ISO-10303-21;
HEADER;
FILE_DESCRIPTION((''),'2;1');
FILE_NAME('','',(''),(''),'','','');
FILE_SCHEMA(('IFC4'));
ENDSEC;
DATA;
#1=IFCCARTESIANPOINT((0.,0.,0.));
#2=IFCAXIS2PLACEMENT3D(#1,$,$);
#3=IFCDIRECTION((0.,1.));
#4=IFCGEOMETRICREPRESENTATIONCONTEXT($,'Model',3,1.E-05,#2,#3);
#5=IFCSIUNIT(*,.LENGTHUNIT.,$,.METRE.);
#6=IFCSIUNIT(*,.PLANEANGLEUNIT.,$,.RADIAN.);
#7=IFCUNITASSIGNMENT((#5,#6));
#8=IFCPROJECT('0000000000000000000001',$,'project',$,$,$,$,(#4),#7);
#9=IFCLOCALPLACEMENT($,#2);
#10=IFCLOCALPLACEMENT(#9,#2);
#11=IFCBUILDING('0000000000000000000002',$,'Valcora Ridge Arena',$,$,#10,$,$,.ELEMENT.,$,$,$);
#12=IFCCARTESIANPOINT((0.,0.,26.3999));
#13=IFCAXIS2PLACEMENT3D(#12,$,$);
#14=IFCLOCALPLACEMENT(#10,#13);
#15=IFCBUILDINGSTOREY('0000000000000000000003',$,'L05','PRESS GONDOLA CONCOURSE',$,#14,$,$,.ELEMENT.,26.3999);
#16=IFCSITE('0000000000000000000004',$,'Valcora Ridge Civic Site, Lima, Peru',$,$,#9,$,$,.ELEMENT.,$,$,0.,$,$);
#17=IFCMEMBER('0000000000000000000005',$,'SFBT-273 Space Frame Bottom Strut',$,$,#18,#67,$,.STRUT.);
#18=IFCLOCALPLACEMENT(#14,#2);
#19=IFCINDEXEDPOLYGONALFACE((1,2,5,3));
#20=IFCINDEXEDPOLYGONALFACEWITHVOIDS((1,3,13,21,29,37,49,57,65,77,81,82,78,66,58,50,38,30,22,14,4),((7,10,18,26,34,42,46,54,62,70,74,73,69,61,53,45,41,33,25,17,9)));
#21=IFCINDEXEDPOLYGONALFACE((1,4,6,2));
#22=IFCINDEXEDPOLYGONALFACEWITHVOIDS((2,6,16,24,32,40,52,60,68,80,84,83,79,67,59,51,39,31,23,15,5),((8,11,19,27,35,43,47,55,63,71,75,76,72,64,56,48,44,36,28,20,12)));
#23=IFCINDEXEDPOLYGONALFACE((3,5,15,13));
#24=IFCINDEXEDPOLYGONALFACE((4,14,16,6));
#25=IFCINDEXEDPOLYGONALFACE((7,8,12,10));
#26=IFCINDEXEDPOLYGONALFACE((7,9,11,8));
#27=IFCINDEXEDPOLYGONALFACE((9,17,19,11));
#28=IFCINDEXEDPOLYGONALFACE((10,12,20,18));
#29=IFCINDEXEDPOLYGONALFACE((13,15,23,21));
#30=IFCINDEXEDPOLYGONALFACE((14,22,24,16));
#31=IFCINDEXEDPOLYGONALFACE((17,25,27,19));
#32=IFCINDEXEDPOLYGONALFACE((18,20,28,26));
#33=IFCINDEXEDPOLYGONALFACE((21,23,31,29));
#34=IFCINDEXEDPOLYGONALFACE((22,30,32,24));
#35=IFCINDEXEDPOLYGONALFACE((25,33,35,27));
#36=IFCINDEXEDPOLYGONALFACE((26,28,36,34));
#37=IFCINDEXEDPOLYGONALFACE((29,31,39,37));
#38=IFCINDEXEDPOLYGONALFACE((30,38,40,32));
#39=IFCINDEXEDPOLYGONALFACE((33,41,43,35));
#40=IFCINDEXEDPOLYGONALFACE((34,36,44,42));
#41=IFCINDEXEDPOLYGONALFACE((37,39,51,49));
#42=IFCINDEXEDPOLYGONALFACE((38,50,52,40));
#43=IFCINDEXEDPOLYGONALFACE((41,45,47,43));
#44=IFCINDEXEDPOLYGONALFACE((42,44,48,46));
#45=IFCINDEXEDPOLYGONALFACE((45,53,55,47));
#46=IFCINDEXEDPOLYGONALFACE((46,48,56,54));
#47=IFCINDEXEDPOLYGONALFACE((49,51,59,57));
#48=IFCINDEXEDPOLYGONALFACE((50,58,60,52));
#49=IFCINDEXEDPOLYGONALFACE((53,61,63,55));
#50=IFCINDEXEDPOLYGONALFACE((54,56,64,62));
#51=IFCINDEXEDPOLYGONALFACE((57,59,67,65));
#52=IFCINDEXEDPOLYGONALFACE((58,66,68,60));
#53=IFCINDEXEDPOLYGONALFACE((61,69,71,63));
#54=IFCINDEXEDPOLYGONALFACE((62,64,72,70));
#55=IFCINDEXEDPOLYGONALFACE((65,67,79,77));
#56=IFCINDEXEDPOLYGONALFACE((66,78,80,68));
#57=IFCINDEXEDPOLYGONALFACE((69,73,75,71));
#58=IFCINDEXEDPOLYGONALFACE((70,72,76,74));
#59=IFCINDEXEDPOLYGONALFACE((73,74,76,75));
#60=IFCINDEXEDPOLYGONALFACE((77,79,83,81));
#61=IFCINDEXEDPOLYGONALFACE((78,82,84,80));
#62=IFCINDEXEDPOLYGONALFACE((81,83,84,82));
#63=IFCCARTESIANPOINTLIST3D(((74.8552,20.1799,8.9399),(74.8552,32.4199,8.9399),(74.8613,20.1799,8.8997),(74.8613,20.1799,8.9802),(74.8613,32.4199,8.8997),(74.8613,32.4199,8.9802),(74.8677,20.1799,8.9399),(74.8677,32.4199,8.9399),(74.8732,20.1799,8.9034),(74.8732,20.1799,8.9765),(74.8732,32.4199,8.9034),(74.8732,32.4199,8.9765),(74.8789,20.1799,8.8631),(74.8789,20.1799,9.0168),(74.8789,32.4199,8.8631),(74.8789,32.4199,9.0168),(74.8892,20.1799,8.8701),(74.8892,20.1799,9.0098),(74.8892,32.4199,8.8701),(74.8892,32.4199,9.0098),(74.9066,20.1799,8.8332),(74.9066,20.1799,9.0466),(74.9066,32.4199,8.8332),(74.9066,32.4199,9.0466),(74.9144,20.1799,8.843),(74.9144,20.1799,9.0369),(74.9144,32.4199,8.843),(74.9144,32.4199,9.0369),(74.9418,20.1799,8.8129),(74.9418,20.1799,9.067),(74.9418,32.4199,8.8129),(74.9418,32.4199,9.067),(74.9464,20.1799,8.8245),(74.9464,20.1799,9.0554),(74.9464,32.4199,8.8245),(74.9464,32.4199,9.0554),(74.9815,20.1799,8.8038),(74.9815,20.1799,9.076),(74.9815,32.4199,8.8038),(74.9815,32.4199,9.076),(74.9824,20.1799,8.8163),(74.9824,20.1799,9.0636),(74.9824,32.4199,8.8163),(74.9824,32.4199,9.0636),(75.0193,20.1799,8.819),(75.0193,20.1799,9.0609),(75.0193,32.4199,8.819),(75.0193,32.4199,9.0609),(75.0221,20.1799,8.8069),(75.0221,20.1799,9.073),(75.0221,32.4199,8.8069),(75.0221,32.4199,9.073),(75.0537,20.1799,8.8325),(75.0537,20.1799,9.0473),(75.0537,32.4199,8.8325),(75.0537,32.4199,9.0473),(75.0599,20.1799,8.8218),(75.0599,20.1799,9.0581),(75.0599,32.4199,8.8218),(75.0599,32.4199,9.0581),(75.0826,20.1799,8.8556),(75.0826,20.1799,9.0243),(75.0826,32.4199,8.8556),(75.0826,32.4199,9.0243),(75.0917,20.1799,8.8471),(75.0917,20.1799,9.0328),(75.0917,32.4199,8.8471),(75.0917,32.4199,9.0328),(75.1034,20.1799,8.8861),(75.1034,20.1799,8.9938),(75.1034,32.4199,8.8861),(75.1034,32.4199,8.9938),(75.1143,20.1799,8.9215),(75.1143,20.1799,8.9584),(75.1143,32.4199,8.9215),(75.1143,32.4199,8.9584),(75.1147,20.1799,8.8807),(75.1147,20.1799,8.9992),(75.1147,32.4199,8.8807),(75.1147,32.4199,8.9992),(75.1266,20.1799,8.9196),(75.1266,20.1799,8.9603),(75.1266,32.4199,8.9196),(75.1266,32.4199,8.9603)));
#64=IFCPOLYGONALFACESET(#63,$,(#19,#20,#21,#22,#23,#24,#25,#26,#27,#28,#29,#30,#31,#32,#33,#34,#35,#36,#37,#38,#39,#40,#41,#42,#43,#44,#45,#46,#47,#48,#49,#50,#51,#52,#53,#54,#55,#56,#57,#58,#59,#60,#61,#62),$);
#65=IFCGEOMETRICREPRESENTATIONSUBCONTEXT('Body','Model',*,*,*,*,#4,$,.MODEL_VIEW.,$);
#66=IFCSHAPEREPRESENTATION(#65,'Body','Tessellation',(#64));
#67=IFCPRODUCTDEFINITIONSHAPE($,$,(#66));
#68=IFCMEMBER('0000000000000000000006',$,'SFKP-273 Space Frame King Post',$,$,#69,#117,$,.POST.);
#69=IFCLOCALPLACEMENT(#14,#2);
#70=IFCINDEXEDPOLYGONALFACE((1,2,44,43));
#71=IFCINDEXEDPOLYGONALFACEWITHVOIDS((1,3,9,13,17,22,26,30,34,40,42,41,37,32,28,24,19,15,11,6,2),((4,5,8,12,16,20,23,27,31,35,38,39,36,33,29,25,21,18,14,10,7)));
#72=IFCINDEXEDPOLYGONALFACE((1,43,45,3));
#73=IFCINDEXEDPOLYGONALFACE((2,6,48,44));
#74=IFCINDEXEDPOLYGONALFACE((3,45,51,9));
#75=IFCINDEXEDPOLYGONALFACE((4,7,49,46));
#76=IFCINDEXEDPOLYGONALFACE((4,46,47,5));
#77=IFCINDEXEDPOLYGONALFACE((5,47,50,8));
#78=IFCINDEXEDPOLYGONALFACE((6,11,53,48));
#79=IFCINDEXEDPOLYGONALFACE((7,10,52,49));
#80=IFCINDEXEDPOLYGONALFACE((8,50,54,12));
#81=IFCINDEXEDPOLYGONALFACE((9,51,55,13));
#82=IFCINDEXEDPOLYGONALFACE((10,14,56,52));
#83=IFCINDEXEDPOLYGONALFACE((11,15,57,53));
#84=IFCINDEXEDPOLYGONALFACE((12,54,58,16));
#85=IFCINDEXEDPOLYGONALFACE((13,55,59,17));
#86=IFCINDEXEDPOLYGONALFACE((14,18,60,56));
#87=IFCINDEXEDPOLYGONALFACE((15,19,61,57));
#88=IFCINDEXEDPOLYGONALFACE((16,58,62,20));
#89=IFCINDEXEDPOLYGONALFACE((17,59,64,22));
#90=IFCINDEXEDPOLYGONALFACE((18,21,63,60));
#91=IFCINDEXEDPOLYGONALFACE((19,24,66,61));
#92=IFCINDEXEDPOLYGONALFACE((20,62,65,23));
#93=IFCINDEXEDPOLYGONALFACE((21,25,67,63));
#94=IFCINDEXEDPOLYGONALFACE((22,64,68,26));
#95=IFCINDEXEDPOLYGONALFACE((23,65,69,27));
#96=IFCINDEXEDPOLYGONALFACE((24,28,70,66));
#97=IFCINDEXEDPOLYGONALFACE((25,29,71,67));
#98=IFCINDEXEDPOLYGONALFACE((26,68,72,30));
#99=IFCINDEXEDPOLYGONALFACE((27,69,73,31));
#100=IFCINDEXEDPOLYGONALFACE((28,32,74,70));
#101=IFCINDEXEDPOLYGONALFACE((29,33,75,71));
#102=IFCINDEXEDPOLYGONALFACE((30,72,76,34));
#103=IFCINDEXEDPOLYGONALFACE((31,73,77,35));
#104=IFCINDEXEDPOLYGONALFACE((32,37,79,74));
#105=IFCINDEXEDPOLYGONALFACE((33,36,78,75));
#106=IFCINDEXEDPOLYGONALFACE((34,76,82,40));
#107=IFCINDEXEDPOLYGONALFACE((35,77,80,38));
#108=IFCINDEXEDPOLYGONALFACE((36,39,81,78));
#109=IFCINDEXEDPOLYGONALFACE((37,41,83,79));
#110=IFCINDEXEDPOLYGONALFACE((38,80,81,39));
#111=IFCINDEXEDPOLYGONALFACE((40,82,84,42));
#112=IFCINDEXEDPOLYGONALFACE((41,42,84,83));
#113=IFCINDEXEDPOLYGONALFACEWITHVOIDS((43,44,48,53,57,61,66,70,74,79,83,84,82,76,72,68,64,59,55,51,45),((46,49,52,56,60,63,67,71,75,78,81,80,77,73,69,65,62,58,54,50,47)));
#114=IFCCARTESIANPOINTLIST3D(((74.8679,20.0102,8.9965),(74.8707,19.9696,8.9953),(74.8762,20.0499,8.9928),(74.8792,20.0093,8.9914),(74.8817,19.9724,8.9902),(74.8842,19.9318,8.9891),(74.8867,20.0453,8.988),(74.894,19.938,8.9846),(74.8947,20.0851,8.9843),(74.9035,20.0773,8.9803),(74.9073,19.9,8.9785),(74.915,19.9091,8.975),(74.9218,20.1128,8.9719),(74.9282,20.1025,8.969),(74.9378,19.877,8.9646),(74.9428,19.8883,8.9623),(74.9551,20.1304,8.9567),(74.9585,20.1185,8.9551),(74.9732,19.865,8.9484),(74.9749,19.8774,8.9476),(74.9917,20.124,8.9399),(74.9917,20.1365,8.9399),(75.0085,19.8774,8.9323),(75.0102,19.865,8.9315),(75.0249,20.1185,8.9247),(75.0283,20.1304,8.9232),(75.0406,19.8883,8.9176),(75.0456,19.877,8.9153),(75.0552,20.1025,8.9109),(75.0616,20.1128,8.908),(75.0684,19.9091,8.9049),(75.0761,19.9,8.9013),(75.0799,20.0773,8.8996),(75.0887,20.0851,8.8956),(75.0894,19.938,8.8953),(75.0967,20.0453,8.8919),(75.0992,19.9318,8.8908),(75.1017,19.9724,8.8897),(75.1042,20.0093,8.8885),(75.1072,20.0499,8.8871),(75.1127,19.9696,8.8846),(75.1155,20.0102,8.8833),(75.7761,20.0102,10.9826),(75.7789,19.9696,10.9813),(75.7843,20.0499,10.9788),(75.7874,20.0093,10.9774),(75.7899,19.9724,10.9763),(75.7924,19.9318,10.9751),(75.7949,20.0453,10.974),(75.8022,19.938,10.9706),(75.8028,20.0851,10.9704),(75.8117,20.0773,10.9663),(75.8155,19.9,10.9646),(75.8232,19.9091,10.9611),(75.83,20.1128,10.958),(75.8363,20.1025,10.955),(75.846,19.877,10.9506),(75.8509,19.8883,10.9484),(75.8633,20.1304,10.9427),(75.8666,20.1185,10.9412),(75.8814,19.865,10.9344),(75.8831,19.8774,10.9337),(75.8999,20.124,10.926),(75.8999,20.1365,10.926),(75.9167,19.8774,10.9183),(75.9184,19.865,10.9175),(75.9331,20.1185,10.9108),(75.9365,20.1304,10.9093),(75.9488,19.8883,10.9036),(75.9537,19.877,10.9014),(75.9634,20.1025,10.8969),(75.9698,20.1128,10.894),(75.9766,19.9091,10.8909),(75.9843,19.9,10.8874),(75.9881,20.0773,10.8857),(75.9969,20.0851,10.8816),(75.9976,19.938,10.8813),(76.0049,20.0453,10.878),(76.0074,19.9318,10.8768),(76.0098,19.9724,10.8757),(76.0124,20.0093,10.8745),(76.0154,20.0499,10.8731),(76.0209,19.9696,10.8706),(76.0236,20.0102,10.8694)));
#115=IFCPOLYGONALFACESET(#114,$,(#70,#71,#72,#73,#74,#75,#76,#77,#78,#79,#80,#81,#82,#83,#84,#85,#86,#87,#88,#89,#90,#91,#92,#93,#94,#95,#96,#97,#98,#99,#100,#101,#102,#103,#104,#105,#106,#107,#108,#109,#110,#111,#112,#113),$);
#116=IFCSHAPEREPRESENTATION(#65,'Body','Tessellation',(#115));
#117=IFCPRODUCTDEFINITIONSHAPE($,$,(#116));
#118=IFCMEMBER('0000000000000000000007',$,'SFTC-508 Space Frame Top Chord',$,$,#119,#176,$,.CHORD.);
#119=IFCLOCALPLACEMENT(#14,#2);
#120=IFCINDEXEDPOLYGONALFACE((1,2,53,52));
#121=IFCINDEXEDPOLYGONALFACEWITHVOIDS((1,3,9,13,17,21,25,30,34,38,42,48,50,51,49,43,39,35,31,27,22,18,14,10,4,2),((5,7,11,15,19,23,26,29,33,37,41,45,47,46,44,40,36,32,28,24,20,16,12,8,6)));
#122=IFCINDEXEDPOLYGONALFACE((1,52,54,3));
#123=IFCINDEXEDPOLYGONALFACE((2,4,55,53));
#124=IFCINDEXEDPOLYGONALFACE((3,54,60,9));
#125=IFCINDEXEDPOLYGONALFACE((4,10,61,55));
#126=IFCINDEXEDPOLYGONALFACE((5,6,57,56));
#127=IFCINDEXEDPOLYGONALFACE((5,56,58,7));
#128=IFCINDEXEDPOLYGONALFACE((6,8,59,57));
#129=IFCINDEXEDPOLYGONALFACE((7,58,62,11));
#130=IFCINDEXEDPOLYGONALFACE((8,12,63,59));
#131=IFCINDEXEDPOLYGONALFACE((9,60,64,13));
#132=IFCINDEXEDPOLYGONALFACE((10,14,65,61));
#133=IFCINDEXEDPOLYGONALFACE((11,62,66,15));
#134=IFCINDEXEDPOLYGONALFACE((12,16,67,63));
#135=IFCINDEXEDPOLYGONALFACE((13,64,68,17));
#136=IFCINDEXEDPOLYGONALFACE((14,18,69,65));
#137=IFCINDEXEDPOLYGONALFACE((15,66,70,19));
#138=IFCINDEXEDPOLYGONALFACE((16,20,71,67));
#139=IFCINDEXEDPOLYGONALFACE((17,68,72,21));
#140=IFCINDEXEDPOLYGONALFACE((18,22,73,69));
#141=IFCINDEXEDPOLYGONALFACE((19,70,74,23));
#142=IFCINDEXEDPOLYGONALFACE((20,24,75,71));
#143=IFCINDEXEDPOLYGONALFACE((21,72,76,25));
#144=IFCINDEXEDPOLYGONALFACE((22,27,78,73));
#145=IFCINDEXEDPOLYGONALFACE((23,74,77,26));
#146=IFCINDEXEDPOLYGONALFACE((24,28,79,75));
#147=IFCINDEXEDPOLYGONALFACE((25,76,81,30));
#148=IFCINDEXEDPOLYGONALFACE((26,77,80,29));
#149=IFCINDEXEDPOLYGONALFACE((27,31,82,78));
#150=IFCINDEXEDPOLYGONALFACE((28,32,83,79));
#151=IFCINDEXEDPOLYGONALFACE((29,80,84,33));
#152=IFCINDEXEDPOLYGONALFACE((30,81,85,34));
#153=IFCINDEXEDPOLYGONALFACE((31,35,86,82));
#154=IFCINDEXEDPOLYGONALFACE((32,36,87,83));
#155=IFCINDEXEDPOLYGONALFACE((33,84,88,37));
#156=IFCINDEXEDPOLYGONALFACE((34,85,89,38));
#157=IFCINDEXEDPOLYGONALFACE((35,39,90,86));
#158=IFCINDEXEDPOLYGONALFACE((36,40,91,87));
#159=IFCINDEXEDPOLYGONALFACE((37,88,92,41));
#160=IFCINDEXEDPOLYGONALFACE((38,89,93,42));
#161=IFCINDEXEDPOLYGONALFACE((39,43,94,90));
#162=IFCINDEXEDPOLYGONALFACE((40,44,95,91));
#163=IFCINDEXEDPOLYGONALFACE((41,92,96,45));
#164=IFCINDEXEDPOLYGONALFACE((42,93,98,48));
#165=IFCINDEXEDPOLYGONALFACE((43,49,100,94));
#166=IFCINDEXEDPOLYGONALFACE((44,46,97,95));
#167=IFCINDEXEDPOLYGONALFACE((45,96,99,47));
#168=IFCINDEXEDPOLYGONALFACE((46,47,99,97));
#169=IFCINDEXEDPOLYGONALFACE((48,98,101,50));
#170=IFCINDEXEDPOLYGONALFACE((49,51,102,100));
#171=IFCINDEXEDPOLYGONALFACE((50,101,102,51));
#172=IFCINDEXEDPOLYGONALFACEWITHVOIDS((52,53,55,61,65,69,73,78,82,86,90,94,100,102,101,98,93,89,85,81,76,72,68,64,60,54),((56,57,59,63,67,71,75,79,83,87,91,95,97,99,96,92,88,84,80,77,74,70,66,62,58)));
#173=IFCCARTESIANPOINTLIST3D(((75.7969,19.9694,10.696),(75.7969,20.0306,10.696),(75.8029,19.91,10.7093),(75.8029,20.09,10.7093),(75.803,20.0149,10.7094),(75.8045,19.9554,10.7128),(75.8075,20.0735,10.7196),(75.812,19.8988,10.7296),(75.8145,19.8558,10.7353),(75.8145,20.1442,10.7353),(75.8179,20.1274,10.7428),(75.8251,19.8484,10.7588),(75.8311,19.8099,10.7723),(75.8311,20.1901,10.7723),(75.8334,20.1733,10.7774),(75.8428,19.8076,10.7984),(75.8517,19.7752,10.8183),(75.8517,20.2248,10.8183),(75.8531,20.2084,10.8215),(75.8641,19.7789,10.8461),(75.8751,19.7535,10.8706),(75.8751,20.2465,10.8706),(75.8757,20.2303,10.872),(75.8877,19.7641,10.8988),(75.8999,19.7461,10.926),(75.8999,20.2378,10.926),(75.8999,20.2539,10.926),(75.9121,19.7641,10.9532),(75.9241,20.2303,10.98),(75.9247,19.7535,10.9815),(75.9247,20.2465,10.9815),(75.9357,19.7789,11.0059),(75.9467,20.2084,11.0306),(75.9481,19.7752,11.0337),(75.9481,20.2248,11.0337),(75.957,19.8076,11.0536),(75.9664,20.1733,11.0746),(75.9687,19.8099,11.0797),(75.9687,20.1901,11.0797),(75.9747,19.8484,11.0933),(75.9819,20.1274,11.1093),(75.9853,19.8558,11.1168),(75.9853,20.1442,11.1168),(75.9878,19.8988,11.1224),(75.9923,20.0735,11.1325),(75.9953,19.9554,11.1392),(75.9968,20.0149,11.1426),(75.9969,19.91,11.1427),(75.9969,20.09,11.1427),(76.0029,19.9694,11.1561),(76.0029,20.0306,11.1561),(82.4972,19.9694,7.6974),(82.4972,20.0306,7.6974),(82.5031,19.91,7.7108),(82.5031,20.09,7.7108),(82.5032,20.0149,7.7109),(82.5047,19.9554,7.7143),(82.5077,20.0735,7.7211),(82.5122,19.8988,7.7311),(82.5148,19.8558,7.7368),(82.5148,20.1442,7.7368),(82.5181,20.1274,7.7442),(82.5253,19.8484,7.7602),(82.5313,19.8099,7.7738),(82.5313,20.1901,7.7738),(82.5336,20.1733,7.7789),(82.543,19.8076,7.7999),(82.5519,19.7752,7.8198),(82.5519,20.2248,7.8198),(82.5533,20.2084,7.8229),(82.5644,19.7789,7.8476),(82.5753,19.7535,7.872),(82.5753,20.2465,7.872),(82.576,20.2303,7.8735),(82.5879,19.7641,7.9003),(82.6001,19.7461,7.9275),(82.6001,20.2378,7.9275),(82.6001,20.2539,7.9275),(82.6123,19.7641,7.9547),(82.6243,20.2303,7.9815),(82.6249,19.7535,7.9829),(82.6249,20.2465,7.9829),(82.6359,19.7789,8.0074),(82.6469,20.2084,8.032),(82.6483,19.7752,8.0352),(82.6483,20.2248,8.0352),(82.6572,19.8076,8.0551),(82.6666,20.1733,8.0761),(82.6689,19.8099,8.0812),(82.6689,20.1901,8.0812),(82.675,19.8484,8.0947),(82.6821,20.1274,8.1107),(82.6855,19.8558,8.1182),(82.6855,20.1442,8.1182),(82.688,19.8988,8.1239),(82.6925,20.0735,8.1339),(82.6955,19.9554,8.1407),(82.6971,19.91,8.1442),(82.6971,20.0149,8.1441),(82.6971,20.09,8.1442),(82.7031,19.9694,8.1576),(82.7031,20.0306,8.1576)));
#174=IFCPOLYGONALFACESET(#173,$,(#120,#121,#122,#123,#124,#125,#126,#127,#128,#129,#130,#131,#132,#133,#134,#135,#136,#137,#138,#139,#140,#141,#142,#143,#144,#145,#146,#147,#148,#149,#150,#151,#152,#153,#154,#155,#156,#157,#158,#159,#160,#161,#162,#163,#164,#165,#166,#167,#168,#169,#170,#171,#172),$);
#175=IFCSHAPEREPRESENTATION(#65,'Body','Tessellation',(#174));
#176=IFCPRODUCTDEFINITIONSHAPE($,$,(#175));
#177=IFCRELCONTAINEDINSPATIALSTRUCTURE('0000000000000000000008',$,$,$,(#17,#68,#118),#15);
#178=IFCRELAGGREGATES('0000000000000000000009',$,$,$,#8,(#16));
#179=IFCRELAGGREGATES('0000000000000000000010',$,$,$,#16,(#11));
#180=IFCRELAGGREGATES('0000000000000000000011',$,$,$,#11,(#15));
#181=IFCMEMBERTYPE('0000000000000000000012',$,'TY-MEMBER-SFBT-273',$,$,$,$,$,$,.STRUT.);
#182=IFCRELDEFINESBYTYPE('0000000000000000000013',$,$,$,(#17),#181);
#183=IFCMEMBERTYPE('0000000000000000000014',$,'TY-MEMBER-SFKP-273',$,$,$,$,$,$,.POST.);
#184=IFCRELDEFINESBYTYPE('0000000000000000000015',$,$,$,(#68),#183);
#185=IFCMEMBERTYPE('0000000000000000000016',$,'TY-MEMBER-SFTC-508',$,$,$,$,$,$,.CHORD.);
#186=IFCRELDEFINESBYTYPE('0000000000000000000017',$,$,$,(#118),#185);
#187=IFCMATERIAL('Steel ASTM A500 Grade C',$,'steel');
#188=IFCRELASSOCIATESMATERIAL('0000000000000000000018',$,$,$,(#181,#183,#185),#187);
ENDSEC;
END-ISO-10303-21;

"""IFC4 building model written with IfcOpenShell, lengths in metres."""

from ifc_helpers import new_model, si_unit, direction, frame, origin, origin_2d, place, context, subcontext, project, spatial, hollow_circle, extrude, material, material_profile, profile_set, type_object, element, save


model = new_model("IFC4")

# Units and contexts
model_context = context("Model", 3, precision=1e-05, world=origin(), true_north=direction((0.0, 1.0)))
body_context = subcontext(model_context, "Body", "Model", "MODEL_VIEW")
ifc_project = project(units=[si_unit("LENGTHUNIT", "METRE"), si_unit("PLANEANGLEUNIT", "RADIAN")], contexts=[model_context])

# Site, building, storey
site_placement = place(None, origin())
site = spatial("IfcSite", under=ifc_project, at=site_placement, Name="Valcora Ridge Civic Site, Lima, Peru", CompositionType="ELEMENT", RefElevation=0.0)
building_placement = place(site_placement, origin())
building = spatial("IfcBuilding", under=site, at=building_placement, Name="Valcora Ridge Arena", CompositionType="ELEMENT")
storey_placement = place(building_placement, frame((0.0, 0.0, 26.3999)))
storey = spatial("IfcBuildingStorey", under=building, at=storey_placement, Name="L05", Description="PRESS GONDOLA CONCOURSE", CompositionType="ELEMENT", Elevation=26.3999)

# Members
ifc_material_1 = material(Name="Steel ASTM A500 Grade C", Category="steel")
ifc_material_profile_1 = material_profile(ifc_material_1, hollow_circle(Radius=0.1365, WallThickness=0.0125, at=origin_2d()), Name="CHS273X12")
ifc_profile_set_1 = profile_set([ifc_material_profile_1], Name="Steel ASTM A500 Grade C")
member_type_1 = type_object("IfcMemberType", Name="TY-MEMBER-SFBT-273", PredefinedType="STRUT", material=ifc_profile_set_1)
member_1_placement = place(storey_placement, frame((74.9917, 20.1799, 8.9399), z_axis=(0.0, 1.0, 0.0), x_axis=(-1.0, 0.0, 0.0)))
element("IfcMember", 1, at=member_1_placement, inside=storey, type_object=member_type_1, Name="SFBT-273 Space Frame Bottom Strut", PredefinedType="STRUT", context=body_context, shape_type="SweptSolid", body=[
    extrude(hollow_circle(Radius=0.1365, WallThickness=0.0125, at=origin_2d()), origin(), (0.0, 0.0, 1.0), 12.24),
])
ifc_material_profile_2 = material_profile(ifc_material_1, hollow_circle(Radius=0.1365, WallThickness=0.0125, at=origin_2d()), Name="CHS273X12")
ifc_profile_set_2 = profile_set([ifc_material_profile_2], Name="Steel ASTM A500 Grade C")
member_type_2 = type_object("IfcMemberType", Name="TY-MEMBER-SFKP-273", PredefinedType="POST", material=ifc_profile_set_2)
member_2_placement = place(storey_placement, frame((74.9917, 20.0, 8.9399), z_axis=(0.415865, 0.0, 0.909426), x_axis=(0.0, 1.0, 0.0)))
element("IfcMember", 2, at=member_2_placement, inside=storey, type_object=member_type_2, Name="SFKP-273 Space Frame King Post", PredefinedType="POST", context=body_context, shape_type="SweptSolid", body=[
    extrude(hollow_circle(Radius=0.1365, WallThickness=0.0125, at=origin_2d()), origin(), (0.0, 0.0, 1.0), 2.1838),
])
ifc_material_profile_3 = material_profile(ifc_material_1, hollow_circle(Radius=0.2539, WallThickness=0.0161, at=origin_2d()), Name="CHS508X16")
ifc_profile_set_3 = profile_set([ifc_material_profile_3], Name="Steel ASTM A500 Grade C")
member_type_3 = type_object("IfcMemberType", Name="TY-MEMBER-SFTC-508", PredefinedType="CHORD", material=ifc_profile_set_3)
member_3_placement = place(storey_placement, frame((75.8999, 20.0, 10.926), z_axis=(0.912763, 0.0, -0.408489), x_axis=(0.0, 1.0, 0.0)))
element("IfcMember", 3, at=member_3_placement, inside=storey, type_object=member_type_3, Name="SFTC-508 Space Frame Top Chord", PredefinedType="CHORD", context=body_context, shape_type="SweptSolid", body=[
    extrude(hollow_circle(Radius=0.2539, WallThickness=0.0161, at=origin_2d()), origin(), (0.0, 0.0, 1.0), 7.3406),
])

save(model, "model.ifc")
